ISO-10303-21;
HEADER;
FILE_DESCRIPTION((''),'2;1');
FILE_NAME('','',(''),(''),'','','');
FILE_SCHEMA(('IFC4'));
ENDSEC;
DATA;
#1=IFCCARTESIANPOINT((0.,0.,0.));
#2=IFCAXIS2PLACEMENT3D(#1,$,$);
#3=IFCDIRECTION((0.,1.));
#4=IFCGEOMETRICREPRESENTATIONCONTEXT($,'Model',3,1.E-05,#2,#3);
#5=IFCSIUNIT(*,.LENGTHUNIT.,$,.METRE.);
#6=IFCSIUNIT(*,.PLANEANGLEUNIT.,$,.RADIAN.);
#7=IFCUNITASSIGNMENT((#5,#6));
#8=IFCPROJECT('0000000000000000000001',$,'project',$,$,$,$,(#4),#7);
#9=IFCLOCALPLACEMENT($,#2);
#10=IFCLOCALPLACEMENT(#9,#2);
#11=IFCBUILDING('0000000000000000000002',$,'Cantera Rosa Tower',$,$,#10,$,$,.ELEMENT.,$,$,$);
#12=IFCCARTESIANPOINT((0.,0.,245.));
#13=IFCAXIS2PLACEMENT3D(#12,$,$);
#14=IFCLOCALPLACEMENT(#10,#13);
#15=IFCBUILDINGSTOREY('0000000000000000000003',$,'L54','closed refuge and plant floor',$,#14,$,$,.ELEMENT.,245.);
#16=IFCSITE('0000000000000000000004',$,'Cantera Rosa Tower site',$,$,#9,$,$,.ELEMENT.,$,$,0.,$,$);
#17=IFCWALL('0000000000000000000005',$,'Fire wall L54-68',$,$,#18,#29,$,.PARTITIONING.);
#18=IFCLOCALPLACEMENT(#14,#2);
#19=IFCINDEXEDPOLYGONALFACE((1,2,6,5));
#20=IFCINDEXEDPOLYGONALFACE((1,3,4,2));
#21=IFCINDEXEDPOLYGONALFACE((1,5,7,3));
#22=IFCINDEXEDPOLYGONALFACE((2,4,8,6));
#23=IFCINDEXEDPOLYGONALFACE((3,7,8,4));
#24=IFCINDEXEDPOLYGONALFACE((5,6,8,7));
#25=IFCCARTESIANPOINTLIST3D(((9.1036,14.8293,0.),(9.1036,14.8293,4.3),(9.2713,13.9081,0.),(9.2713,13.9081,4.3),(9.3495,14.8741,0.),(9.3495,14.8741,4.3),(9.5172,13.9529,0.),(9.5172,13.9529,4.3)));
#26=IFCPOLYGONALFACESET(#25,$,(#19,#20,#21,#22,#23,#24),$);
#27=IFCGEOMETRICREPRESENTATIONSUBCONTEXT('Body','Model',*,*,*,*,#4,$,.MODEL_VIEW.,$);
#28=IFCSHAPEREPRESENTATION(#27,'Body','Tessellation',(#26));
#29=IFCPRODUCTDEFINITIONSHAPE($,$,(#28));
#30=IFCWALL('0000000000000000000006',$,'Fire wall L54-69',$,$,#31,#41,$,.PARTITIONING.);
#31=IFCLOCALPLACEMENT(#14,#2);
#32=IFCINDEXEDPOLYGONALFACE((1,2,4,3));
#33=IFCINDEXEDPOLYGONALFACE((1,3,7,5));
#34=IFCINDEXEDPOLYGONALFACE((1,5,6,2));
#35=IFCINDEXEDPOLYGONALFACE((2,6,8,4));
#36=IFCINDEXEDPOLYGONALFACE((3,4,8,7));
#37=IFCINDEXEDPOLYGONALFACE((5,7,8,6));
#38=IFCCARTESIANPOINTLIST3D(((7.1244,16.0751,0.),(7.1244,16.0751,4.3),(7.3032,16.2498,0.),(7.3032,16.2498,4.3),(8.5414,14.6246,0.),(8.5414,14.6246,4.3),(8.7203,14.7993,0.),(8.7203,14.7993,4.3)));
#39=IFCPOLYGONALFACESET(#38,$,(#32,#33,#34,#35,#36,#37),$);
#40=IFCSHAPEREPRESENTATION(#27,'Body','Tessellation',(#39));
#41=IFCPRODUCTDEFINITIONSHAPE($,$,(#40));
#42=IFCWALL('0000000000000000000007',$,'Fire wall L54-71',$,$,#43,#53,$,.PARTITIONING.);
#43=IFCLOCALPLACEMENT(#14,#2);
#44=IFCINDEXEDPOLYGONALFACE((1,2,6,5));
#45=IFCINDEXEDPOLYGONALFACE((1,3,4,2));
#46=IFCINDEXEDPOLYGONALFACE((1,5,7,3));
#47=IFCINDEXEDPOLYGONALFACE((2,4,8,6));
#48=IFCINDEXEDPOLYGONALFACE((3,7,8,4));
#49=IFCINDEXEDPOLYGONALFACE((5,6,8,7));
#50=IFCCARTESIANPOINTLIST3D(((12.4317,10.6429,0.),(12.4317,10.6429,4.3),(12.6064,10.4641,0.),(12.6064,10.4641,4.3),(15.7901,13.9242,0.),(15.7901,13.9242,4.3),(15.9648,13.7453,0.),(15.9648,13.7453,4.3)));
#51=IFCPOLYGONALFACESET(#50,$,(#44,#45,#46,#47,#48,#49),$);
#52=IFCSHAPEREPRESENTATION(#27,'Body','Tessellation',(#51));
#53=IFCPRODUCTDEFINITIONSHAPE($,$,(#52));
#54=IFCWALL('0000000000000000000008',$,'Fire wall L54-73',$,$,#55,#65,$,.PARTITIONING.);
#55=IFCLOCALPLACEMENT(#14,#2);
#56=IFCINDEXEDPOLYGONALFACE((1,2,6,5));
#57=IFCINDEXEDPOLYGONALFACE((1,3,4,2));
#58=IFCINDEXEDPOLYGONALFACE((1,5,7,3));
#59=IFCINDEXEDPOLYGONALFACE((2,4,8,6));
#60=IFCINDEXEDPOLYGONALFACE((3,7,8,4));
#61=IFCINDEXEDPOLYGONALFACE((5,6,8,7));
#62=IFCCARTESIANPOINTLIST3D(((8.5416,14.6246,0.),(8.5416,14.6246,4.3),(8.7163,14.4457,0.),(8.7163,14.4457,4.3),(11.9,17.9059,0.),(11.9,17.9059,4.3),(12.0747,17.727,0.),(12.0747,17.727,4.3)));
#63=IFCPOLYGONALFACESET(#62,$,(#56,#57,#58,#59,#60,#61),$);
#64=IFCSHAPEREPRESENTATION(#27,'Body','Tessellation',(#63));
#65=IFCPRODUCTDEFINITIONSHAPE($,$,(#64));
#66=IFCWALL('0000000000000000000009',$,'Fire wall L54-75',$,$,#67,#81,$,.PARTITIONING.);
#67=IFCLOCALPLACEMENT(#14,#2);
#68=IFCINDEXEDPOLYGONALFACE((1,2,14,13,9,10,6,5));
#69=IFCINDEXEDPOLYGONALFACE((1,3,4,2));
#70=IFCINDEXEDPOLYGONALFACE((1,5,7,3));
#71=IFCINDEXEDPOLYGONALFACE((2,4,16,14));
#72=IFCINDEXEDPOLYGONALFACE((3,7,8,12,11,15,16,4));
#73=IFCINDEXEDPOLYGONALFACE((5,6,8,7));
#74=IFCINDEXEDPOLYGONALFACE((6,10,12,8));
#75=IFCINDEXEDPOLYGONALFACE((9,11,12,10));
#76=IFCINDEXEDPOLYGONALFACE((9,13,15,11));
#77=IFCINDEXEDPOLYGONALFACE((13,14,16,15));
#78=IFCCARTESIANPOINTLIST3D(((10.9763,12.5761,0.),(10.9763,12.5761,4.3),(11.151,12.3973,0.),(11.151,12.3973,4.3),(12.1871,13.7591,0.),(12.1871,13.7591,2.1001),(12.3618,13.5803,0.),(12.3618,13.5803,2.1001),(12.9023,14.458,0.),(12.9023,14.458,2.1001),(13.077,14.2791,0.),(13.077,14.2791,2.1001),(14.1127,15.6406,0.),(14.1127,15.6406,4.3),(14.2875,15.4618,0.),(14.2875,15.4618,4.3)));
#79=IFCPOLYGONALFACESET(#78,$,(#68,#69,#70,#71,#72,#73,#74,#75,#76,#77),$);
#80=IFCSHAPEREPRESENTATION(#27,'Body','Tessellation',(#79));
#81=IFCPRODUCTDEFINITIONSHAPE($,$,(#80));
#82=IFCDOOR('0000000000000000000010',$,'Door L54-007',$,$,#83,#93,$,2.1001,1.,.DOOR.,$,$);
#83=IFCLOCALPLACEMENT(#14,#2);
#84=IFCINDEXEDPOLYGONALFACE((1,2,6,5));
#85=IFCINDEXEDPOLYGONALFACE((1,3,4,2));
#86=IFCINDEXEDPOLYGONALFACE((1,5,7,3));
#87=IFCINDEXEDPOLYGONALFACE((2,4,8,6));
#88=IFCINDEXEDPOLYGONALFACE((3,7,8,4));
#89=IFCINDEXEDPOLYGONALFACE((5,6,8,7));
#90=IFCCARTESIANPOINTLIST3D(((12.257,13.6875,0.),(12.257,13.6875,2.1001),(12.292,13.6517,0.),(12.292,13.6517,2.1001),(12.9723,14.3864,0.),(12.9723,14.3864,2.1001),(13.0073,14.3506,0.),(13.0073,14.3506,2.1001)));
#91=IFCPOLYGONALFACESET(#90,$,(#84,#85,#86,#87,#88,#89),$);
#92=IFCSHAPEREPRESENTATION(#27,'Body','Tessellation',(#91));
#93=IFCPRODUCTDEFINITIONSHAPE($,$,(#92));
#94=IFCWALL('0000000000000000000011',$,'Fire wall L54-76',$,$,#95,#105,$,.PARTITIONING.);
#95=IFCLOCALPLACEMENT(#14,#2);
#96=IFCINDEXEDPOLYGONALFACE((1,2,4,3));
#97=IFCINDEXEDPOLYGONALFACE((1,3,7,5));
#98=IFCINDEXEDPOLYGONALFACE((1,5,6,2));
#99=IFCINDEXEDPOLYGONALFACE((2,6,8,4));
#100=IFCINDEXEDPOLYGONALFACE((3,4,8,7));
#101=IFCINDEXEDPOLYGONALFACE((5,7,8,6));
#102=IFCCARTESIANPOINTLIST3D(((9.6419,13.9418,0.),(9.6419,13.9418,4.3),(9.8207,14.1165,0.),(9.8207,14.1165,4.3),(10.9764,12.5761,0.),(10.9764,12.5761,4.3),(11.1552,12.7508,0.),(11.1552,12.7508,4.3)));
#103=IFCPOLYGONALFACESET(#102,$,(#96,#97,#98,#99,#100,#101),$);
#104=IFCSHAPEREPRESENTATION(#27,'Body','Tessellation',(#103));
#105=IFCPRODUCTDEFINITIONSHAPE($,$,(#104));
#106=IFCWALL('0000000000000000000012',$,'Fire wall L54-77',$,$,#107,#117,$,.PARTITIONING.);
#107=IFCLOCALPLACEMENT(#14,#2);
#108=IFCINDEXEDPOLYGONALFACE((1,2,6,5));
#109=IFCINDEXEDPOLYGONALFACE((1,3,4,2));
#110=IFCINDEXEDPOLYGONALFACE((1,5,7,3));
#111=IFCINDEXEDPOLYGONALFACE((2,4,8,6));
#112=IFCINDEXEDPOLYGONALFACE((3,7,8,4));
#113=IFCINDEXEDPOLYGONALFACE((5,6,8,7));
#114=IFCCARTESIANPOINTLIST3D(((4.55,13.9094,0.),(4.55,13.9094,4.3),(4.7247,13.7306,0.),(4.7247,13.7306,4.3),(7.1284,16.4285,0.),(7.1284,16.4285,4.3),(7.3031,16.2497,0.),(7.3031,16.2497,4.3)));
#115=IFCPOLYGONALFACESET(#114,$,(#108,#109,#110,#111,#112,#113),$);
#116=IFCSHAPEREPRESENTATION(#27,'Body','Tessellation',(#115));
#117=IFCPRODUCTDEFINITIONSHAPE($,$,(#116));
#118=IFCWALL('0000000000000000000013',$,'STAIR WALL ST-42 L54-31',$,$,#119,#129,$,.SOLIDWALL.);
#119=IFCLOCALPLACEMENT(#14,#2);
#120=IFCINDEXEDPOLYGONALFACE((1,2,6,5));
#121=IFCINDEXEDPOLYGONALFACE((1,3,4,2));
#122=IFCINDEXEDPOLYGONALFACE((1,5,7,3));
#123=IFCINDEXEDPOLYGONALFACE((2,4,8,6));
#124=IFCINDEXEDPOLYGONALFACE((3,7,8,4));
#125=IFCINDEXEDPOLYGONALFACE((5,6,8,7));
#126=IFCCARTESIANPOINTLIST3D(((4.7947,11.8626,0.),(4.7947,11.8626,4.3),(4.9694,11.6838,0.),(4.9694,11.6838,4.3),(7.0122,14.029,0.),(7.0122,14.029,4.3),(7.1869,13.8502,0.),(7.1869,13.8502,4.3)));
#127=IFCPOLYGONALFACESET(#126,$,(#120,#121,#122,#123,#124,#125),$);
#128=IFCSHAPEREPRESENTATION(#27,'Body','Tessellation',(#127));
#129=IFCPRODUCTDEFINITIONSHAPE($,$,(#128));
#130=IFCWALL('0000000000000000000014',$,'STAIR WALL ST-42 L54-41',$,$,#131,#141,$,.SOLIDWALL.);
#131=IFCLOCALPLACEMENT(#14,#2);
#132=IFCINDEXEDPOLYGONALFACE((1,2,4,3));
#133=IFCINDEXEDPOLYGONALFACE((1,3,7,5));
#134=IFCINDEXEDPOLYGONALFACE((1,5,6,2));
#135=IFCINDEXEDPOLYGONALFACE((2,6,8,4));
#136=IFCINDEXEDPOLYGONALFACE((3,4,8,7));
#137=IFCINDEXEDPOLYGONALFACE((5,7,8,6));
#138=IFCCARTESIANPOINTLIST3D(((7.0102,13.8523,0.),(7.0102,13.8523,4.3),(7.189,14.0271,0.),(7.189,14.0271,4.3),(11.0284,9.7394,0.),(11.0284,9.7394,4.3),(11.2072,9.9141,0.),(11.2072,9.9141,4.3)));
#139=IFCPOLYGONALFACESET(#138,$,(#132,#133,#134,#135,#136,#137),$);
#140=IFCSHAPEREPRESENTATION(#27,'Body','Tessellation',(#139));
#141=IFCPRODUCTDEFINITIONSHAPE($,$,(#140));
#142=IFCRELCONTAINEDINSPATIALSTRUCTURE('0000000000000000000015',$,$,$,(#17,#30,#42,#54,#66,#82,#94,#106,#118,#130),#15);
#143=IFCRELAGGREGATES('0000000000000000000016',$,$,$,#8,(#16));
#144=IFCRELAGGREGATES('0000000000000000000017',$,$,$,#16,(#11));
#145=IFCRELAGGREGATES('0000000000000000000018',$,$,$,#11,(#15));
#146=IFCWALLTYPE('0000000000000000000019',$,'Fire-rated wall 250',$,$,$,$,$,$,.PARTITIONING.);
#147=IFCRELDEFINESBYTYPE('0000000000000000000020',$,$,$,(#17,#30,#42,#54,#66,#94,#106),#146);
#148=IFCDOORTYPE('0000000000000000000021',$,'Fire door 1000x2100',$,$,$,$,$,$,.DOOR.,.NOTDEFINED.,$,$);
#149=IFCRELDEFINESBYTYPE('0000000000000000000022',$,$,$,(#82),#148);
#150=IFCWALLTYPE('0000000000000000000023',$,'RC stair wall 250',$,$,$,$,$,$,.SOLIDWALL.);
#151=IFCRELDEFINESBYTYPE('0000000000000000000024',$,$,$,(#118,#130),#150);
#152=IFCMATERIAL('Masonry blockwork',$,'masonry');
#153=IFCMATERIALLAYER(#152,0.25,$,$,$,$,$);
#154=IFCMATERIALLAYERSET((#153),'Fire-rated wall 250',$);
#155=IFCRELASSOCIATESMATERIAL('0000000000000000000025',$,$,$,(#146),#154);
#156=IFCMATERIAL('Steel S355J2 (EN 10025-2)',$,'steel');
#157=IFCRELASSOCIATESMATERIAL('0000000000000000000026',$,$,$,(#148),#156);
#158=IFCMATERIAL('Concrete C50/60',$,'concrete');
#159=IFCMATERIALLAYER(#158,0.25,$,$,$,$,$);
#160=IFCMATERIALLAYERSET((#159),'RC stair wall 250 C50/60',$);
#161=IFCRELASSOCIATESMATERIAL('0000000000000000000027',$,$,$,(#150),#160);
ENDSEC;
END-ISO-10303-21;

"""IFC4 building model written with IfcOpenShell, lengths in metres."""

from ifc_helpers import new_model, si_unit, direction, frame, frame_2d, origin, place, context, subcontext, project, spatial, rectangle, extrude, material, layer, layer_set, type_object, element, fill, save


model = new_model("IFC4")

# Units and contexts
model_context = context("Model", 3, precision=1e-05, world=origin(), true_north=direction((0.0, 1.0)))
body_context = subcontext(model_context, "Body", "Model", "MODEL_VIEW")
ifc_project = project(units=[si_unit("LENGTHUNIT", "METRE"), si_unit("PLANEANGLEUNIT", "RADIAN")], contexts=[model_context])

# Site, building, storey
site_placement = place(None, origin())
site = spatial("IfcSite", under=ifc_project, at=site_placement, Name="Cantera Rosa Tower site", CompositionType="ELEMENT", RefElevation=0.0)
building_placement = place(site_placement, origin())
building = spatial("IfcBuilding", under=site, at=building_placement, Name="Cantera Rosa Tower", CompositionType="ELEMENT")
storey_placement = place(building_placement, frame((0.0, 0.0, 245.0)))
storey = spatial("IfcBuildingStorey", under=building, at=storey_placement, Name="L54", Description="closed refuge and plant floor", CompositionType="ELEMENT", Elevation=245.0)

# Shared definitions
ifc_material_1 = material(Name="Masonry blockwork", Category="masonry")
ifc_layer_1 = layer(ifc_material_1, 0.25)
ifc_layer_set_1 = layer_set([ifc_layer_1], Name="Fire-rated wall 250")
wall_type_1 = type_object("IfcWallType", Name="Fire-rated wall 250", PredefinedType="PARTITIONING", material=ifc_layer_set_1)

# Shared definitions
ifc_material_2 = material(Name="Steel S355J2 (EN 10025-2)", Category="steel")
door_type = type_object("IfcDoorType", Name="Fire door 1000x2100", OperationType="NOTDEFINED", PredefinedType="DOOR", material=ifc_material_2)

# Walls
wall_1_placement = place(storey_placement, frame((9.3943, 13.9304, 0.0), z_axis=(0.0, 0.0, 1.0), x_axis=(-0.179138, 0.983824, 0.0)))
element("IfcWall", 1, at=wall_1_placement, inside=storey, type_object=wall_type_1, Name="Fire wall L54-68", PredefinedType="PARTITIONING", context=body_context, shape_type="SweptSolid", body=[
    extrude(rectangle(XDim=0.9363, YDim=0.25, at=frame_2d((0.4683, 0.0))), origin(), (0.0, 0.0, 1.0), 4.3),
])
wall_2_placement = place(storey_placement, frame((8.6309, 14.7119, 0.0), z_axis=(0.0, 0.0, 1.0), x_axis=(-0.698811, 0.715306, 0.0)))
element("IfcWall", 2, at=wall_2_placement, inside=storey, type_object=wall_type_1, Name="Fire wall L54-69", PredefinedType="PARTITIONING", context=body_context, shape_type="SweptSolid", body=[
    extrude(rectangle(XDim=2.0278, YDim=0.25, at=frame_2d((1.0139, 0.0))), origin(), (0.0, 0.0, 1.0), 4.3),
])
for number, where, z_axis, x_axis, name in (
    (3, (12.519, 10.5535, 0.0), (0.0, 0.0, 1.0), (0.715275, 0.698843, 0.0), "Fire wall L54-71"),
    (4, (8.6289, 14.5352, 0.0), (0.0, 0.0, 1.0), (0.715275, 0.698843, 0.0), "Fire wall L54-73"),
):
    element("IfcWall", number, at=place(storey_placement, frame(where, z_axis=z_axis, x_axis=x_axis)), inside=storey, type_object=wall_type_1, Name=name, PredefinedType="PARTITIONING", context=body_context, shape_type="SweptSolid", body=[
        extrude(rectangle(XDim=4.6953, YDim=0.25, at=frame_2d((2.3477, 0.0))), origin(), (0.0, 0.0, 1.0), 4.3),
    ])

# Wall, opening, door
wall_3_placement = place(storey_placement, frame((11.0637, 12.4868, 0.0), z_axis=(0.0, 0.0, 1.0), x_axis=(0.715271, 0.698847, 0.0)))
wall_3 = element("IfcWall", 5, at=wall_3_placement, inside=storey, type_object=wall_type_1, Name="Fire wall L54-75", PredefinedType="PARTITIONING", context=body_context, shape_type="SweptSolid", body=[
    extrude(rectangle(XDim=4.385, YDim=0.25, at=frame_2d((2.1924, 0.0))), origin(), (0.0, 0.0, 1.0), 4.3),
])
opening_1_placement = place(wall_3_placement, frame((1.6926, 0.0, 0.0)))
opening_1 = element("IfcOpeningElement", 6, at=opening_1_placement, cuts=wall_3, PredefinedType="OPENING", context=body_context, shape_type="SweptSolid", body=[
    extrude(rectangle(XDim=1.0, YDim=2.1001, at=frame_2d((0.5, 1.05))), frame((0.0, 0.135, 0.0), z_axis=(0.0, -1.0, 0.0), x_axis=(1.0, 0.0, 0.0)), (0.0, 0.0, 1.0), 0.27),
])
door_1_placement = place(opening_1_placement, origin())
door_1 = element("IfcDoor", 7, at=door_1_placement, inside=storey, type_object=door_type, Name="Door L54-007", OverallHeight=2.1001, OverallWidth=1.0, PredefinedType="DOOR", context=body_context, shape_type="SweptSolid", body=[
    extrude(rectangle(XDim=1.0, YDim=2.1001, at=frame_2d((0.5, 1.05))), frame((0.0, 0.0249, 0.0), z_axis=(0.0, -1.0, 0.0), x_axis=(1.0, 0.0, 0.0)), (0.0, 0.0, 1.0), 0.05),
])
fill(opening_1, door_1)

# Walls
wall_4_placement = place(storey_placement, frame((11.0657, 12.6636, 0.0), z_axis=(0.0, 0.0, 1.0), x_axis=(-0.698876, 0.715242, 0.0)))
element("IfcWall", 8, at=wall_4_placement, inside=storey, type_object=wall_type_1, Name="Fire wall L54-76", PredefinedType="PARTITIONING", context=body_context, shape_type="SweptSolid", body=[
    extrude(rectangle(XDim=1.9094, YDim=0.25, at=frame_2d((0.9546, 0.0))), origin(), (0.0, 0.0, 1.0), 4.3),
])
wall_5_placement = place(storey_placement, frame((4.6375, 13.8201, 0.0), z_axis=(0.0, 0.0, 1.0), x_axis=(0.715288, 0.69883, 0.0)))
element("IfcWall", 9, at=wall_5_placement, inside=storey, type_object=wall_type_1, Name="Fire wall L54-77", PredefinedType="PARTITIONING", context=body_context, shape_type="SweptSolid", body=[
    extrude(rectangle(XDim=3.6047, YDim=0.25, at=frame_2d((1.8022, 0.0))), origin(), (0.0, 0.0, 1.0), 4.3),
])
ifc_material_3 = material(Name="Concrete C50/60", Category="concrete")
ifc_layer_2 = layer(ifc_material_3, 0.25)
ifc_layer_set_2 = layer_set([ifc_layer_2], Name="RC stair wall 250 C50/60")
wall_type_2 = type_object("IfcWallType", Name="RC stair wall 250", PredefinedType="SOLIDWALL", material=ifc_layer_set_2)
wall_6_placement = place(storey_placement, frame((4.8821, 11.7732, 0.0), z_axis=(0.0, 0.0, 1.0), x_axis=(0.715288, 0.698829, 0.0)))
element("IfcWall", 10, at=wall_6_placement, inside=storey, type_object=wall_type_2, Name="STAIR WALL ST-42 L54-31", PredefinedType="SOLIDWALL", context=body_context, shape_type="SweptSolid", body=[
    extrude(rectangle(XDim=3.1001, YDim=0.25, at=frame_2d((1.55, 0.0))), origin(), (0.0, 0.0, 1.0), 4.3),
])
wall_7_placement = place(storey_placement, frame((7.0996, 13.9397, 0.0), z_axis=(0.0, 0.0, 1.0), x_axis=(0.698822, -0.715296, 0.0)))
element("IfcWall", 11, at=wall_7_placement, inside=storey, type_object=wall_type_2, Name="STAIR WALL ST-42 L54-41", PredefinedType="SOLIDWALL", context=body_context, shape_type="SweptSolid", body=[
    extrude(rectangle(XDim=5.75, YDim=0.25, at=frame_2d((2.875, 0.0))), origin(), (0.0, 0.0, 1.0), 4.3),
])

save(model, "model.ifc")
